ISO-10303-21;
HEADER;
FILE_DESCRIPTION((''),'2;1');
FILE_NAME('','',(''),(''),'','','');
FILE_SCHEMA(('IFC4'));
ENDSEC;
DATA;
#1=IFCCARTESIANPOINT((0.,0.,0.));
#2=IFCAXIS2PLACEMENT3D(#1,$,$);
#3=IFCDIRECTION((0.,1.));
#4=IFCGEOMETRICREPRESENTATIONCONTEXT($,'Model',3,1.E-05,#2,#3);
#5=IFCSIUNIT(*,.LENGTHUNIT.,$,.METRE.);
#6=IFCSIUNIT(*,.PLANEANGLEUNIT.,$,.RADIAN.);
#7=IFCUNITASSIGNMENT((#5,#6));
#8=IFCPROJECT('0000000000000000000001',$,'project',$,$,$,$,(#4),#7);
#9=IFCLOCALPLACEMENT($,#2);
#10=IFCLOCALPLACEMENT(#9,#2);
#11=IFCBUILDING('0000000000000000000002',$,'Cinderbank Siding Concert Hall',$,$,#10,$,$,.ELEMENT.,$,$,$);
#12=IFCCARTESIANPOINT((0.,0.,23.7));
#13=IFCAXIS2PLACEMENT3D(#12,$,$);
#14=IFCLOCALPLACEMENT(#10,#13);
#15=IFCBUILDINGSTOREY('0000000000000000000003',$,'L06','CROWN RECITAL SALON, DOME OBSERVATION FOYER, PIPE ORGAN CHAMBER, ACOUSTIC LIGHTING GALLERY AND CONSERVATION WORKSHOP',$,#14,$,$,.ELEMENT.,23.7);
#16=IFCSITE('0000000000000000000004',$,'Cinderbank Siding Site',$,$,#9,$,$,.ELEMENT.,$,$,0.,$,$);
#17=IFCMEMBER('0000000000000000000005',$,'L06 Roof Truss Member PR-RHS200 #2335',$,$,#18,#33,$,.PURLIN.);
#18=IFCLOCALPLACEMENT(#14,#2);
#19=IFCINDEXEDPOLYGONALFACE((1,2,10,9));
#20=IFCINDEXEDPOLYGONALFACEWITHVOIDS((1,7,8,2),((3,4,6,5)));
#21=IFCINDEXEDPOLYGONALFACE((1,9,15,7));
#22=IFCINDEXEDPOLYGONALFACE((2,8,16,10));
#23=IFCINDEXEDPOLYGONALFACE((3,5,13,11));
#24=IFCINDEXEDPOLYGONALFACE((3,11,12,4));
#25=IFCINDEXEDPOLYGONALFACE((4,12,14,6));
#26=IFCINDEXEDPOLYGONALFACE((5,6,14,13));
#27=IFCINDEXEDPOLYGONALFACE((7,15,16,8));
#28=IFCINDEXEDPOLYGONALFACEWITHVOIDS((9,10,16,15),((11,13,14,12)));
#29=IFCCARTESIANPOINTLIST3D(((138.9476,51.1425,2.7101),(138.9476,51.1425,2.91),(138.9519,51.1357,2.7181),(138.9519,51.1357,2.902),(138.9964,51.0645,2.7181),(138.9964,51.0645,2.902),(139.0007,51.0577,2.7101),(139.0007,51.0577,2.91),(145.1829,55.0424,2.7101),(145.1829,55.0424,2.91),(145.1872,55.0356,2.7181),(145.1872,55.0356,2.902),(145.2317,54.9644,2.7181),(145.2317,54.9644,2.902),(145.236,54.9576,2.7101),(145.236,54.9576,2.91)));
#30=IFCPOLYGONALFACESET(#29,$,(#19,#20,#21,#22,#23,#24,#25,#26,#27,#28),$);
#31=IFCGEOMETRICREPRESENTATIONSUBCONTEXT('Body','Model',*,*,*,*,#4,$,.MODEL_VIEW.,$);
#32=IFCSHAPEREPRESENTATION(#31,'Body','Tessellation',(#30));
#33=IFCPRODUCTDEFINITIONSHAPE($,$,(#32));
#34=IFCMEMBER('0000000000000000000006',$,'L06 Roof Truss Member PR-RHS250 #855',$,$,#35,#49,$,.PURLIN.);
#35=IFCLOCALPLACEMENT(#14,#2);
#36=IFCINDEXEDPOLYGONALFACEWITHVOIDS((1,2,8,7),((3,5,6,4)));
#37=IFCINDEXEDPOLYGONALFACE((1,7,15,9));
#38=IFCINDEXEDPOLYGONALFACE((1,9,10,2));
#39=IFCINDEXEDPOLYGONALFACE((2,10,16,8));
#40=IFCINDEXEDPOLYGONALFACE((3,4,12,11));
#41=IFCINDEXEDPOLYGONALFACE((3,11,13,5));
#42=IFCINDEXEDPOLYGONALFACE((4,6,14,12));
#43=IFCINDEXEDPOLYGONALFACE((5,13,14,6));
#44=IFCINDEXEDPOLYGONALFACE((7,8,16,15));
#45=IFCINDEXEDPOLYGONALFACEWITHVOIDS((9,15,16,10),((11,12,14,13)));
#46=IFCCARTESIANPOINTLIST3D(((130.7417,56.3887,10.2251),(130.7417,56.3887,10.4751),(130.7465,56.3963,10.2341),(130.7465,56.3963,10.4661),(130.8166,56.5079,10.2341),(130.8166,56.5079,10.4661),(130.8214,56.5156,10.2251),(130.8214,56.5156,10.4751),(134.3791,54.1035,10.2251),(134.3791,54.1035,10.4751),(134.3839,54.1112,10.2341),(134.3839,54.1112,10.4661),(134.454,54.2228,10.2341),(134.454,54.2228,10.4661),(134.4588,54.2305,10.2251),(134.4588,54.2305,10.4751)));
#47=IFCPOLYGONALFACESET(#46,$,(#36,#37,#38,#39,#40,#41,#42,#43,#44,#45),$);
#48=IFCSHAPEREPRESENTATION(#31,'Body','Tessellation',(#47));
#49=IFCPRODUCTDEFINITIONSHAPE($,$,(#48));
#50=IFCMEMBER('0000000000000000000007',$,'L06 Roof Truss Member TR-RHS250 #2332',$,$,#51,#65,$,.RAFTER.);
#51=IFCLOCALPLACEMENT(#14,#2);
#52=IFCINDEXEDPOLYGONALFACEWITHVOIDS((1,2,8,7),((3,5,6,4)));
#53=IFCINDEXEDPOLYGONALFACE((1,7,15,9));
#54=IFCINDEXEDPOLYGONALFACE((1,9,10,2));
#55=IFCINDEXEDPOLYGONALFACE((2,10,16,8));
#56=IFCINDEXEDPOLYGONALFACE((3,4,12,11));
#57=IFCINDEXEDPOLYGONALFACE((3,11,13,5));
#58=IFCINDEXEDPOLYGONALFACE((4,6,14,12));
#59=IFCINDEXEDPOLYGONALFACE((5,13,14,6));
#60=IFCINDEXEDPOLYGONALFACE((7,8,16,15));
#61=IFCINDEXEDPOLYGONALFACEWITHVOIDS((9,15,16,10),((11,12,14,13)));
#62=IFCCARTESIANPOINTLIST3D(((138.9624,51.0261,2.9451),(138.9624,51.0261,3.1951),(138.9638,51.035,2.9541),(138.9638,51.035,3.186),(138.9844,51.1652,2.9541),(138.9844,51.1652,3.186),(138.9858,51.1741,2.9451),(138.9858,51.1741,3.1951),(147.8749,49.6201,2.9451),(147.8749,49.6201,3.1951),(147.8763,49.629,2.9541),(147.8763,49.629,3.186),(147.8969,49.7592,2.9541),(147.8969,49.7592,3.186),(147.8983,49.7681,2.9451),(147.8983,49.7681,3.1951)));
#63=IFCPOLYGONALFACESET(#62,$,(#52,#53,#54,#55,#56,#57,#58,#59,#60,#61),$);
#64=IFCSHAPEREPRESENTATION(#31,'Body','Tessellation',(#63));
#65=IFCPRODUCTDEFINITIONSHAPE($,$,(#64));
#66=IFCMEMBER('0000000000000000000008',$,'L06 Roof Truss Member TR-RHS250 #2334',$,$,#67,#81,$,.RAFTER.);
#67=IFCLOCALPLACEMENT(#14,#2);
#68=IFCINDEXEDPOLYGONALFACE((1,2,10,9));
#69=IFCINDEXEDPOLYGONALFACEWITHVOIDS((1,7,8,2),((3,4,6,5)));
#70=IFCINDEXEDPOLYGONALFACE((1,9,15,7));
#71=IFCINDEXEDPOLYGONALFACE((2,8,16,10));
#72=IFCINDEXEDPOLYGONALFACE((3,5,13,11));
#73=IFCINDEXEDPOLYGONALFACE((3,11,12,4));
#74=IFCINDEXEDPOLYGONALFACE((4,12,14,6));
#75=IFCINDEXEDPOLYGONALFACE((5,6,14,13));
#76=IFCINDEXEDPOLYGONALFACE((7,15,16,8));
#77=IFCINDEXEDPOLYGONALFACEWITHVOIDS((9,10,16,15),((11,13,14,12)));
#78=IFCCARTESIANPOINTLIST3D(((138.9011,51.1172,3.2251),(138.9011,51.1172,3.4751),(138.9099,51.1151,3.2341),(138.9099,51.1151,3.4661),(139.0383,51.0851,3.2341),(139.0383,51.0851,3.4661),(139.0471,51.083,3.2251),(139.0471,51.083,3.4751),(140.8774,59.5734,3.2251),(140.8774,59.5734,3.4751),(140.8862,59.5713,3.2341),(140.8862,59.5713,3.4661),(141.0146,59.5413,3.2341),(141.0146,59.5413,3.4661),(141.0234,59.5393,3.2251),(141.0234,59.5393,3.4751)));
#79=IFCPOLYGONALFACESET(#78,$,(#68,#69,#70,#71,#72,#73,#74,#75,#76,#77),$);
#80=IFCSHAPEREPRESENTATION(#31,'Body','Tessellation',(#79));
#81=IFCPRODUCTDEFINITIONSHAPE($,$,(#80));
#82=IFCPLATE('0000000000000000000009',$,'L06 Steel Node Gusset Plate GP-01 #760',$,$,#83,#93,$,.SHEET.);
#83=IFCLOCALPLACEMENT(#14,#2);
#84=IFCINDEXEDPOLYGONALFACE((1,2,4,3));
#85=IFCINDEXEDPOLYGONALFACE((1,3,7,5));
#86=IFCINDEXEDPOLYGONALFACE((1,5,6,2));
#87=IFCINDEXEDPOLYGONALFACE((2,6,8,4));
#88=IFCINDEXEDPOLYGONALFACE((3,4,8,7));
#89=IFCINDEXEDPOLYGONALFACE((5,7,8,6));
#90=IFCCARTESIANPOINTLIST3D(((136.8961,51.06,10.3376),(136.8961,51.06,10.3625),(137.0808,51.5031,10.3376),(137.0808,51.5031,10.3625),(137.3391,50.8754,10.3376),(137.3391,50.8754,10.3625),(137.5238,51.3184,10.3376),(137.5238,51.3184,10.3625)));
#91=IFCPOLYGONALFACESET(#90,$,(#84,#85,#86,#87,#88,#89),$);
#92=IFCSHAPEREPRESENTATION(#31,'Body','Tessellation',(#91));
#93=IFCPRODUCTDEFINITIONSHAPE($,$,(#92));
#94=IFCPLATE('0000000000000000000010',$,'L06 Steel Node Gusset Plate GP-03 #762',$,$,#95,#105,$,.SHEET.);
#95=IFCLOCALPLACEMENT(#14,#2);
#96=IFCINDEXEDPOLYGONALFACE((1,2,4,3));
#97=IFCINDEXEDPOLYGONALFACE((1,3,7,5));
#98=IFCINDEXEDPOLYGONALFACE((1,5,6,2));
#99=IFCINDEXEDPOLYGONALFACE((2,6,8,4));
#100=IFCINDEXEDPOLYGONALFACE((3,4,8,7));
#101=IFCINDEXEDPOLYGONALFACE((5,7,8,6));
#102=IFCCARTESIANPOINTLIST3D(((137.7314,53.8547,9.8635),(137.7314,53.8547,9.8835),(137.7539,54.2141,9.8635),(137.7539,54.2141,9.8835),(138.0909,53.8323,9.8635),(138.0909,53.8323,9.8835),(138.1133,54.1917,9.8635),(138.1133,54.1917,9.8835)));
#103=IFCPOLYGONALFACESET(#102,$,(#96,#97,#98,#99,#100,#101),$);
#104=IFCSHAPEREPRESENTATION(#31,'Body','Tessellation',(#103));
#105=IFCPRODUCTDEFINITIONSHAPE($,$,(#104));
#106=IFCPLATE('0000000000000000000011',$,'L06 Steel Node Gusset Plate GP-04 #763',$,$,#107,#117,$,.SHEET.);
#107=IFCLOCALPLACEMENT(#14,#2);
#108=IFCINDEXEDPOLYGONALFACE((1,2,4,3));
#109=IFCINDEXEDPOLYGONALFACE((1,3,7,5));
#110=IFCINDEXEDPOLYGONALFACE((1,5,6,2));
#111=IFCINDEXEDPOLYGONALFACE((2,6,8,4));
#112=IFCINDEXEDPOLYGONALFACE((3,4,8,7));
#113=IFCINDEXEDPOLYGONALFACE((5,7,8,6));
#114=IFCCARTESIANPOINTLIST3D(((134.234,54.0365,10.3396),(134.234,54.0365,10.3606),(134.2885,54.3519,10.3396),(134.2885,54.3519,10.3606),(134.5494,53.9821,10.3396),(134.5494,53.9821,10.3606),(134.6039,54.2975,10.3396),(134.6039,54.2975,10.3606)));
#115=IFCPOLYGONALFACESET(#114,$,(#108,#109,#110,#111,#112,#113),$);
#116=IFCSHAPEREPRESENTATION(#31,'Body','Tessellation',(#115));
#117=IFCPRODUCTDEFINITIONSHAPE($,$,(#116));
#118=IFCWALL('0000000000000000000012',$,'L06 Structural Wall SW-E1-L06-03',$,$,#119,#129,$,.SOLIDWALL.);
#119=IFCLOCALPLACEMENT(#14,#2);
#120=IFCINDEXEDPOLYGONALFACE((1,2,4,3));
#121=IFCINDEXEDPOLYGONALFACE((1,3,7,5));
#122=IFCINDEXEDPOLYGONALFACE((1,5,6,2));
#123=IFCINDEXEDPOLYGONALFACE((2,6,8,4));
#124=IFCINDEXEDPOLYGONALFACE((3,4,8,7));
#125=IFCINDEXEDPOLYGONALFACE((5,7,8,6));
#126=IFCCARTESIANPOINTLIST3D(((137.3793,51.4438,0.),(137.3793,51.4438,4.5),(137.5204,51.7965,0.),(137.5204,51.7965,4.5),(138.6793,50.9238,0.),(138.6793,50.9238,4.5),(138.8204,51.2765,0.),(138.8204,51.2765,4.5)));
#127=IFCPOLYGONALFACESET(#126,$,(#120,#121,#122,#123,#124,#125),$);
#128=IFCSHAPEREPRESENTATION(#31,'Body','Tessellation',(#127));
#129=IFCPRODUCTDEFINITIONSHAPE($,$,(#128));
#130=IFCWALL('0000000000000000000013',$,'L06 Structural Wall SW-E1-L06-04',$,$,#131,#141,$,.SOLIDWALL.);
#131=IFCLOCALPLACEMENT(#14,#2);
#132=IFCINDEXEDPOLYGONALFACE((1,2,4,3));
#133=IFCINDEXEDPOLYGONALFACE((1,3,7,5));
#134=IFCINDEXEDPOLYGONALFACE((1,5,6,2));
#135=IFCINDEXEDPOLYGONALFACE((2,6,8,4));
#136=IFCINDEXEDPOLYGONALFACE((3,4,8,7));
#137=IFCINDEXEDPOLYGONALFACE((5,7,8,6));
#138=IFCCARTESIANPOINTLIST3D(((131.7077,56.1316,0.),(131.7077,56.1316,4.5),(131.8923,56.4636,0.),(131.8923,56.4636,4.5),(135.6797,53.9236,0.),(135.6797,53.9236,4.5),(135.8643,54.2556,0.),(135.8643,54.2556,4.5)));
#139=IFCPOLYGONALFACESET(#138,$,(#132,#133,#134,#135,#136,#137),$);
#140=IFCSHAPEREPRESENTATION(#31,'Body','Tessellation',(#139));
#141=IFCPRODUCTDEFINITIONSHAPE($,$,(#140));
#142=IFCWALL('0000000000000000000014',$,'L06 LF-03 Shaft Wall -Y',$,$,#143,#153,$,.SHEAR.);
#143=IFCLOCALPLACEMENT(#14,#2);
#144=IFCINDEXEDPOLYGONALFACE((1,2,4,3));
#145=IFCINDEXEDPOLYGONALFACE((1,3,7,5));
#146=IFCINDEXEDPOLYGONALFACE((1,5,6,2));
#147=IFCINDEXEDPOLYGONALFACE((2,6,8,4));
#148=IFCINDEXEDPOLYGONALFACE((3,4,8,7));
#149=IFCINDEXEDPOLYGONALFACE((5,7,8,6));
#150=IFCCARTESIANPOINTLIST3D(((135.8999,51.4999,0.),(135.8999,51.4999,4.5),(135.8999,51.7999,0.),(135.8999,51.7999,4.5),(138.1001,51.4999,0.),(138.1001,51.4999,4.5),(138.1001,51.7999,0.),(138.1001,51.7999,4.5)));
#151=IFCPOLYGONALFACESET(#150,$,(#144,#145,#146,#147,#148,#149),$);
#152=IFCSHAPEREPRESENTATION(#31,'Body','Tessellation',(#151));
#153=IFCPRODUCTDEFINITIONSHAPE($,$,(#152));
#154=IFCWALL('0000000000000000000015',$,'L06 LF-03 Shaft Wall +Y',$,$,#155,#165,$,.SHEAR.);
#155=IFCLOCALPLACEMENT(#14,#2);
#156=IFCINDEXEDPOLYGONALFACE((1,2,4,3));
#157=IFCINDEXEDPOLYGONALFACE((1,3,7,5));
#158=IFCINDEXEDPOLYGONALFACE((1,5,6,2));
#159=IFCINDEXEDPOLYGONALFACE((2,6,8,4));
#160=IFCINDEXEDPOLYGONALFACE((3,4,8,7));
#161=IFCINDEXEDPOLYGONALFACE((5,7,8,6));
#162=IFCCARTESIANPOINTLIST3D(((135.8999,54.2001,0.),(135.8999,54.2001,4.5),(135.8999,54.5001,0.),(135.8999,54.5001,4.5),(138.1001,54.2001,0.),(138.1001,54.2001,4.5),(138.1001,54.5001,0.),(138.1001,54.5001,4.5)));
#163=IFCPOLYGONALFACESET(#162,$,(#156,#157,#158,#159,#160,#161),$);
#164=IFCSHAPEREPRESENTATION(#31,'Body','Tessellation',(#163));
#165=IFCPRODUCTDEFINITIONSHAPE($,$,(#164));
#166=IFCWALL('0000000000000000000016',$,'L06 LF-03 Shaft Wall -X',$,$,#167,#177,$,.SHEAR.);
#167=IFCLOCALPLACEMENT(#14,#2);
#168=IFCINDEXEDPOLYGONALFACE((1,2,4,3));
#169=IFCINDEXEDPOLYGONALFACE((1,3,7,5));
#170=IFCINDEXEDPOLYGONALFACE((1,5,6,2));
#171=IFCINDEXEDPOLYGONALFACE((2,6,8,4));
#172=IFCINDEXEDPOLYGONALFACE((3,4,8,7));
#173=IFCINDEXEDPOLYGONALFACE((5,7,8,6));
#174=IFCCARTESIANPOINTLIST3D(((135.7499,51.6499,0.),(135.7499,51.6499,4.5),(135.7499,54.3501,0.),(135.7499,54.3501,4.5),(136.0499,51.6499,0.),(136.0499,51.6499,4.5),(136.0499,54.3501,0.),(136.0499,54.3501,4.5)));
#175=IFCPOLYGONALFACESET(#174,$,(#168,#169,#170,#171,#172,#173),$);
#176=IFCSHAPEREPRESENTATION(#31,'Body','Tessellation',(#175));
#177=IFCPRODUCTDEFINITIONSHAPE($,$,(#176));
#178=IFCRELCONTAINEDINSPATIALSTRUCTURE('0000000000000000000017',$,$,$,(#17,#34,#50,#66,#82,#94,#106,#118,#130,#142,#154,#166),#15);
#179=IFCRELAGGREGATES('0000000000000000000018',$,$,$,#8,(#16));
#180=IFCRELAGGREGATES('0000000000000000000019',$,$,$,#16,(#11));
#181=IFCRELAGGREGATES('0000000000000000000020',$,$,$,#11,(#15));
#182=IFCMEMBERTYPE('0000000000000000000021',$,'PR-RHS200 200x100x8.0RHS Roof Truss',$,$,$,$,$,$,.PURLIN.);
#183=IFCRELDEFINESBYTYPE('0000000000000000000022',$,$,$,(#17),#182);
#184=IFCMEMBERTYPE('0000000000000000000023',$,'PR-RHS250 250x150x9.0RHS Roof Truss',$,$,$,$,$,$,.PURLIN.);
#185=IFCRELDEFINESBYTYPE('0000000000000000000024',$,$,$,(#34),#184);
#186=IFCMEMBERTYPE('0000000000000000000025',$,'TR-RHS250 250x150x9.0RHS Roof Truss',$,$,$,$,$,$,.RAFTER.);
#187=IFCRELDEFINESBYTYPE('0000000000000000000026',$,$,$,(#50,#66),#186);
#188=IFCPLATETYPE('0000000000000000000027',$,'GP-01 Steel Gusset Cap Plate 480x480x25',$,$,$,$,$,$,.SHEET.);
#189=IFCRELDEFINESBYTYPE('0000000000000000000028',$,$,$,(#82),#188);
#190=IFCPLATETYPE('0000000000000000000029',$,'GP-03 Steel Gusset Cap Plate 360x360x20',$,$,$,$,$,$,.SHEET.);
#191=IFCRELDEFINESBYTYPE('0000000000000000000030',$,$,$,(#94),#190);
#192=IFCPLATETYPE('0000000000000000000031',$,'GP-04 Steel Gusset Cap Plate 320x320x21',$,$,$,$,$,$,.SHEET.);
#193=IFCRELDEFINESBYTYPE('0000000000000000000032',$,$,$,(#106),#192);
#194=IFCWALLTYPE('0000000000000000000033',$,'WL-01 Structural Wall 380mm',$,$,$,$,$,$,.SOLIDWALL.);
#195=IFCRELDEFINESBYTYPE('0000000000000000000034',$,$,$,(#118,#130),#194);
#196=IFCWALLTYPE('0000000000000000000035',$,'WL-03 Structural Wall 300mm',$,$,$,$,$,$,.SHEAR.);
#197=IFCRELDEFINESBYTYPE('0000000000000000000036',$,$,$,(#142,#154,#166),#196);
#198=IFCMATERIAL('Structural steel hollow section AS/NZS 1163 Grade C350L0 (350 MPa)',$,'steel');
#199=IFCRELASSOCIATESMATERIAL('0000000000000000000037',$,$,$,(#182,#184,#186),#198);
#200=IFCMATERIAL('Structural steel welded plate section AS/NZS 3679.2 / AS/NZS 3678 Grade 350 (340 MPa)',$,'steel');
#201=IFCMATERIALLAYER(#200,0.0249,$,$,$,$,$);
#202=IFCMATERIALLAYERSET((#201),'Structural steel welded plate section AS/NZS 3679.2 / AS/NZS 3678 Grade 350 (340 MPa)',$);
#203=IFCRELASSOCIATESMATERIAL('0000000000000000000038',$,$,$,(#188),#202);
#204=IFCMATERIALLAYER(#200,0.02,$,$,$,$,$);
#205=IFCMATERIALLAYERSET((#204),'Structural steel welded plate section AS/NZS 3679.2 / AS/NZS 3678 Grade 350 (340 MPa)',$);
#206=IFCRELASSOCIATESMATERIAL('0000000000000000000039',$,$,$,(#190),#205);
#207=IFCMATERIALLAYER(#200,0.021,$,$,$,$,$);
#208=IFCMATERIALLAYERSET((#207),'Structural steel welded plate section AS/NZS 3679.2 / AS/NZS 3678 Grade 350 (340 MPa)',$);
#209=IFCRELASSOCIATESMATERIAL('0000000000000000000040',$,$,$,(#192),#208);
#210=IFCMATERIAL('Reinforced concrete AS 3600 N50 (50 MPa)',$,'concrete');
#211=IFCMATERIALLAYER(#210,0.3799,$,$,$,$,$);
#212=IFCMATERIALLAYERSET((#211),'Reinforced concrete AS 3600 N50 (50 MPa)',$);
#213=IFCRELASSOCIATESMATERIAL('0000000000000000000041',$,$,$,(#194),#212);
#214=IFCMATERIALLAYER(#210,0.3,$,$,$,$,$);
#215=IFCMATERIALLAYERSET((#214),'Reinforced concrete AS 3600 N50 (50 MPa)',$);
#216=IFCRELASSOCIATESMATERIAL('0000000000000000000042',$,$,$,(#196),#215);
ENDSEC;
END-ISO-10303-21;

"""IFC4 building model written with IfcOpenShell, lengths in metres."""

from ifc_helpers import new_model, si_unit, direction, frame, frame_2d, origin, origin_2d, place, context, subcontext, project, spatial, rectangle, hollow_rectangle, extrude, material, layer, layer_set, material_profile, profile_set, type_object, element, save


model = new_model("IFC4")

# Units and contexts
model_context = context("Model", 3, precision=1e-05, world=origin(), true_north=direction((0.0, 1.0)))
body_context = subcontext(model_context, "Body", "Model", "MODEL_VIEW")
ifc_project = project(units=[si_unit("LENGTHUNIT", "METRE"), si_unit("PLANEANGLEUNIT", "RADIAN")], contexts=[model_context])

# Site, building, storey
site_placement = place(None, origin())
site = spatial("IfcSite", under=ifc_project, at=site_placement, Name="Cinderbank Siding Site", CompositionType="ELEMENT", RefElevation=0.0)
building_placement = place(site_placement, origin())
building = spatial("IfcBuilding", under=site, at=building_placement, Name="Cinderbank Siding Concert Hall", CompositionType="ELEMENT")
storey_placement = place(building_placement, frame((0.0, 0.0, 23.7)))
storey = spatial("IfcBuildingStorey", under=building, at=storey_placement, Name="L06", Description="CROWN RECITAL SALON, DOME OBSERVATION FOYER, PIPE ORGAN CHAMBER, ACOUSTIC LIGHTING GALLERY AND CONSERVATION WORKSHOP", CompositionType="ELEMENT", Elevation=23.7)

# Shared definitions
ifc_material_1 = material(Name="Reinforced concrete AS 3600 N50 (50 MPa)", Category="concrete")

# Members
ifc_material_2 = material(Name="Structural steel hollow section AS/NZS 1163 Grade C350L0 (350 MPa)", Category="steel")
ifc_material_profile_1 = material_profile(ifc_material_2, hollow_rectangle(XDim=0.1001, YDim=0.2, WallThickness=0.0081, at=origin_2d()), Name="200x100x8.0RHS", Category="LoadBearing")
ifc_profile_set_1 = profile_set([ifc_material_profile_1], Name="Structural steel hollow section AS/NZS 1163 Grade C350L0 (350 MPa)")
member_type_1 = type_object("IfcMemberType", Name="PR-RHS200 200x100x8.0RHS Roof Truss", PredefinedType="PURLIN", material=ifc_profile_set_1)
member_1_placement = place(storey_placement, frame((138.9741, 51.1001, 2.8101), z_axis=(0.847827, 0.530273, 0.0), x_axis=(-0.530273, 0.847827, 0.0)))
element("IfcMember", 1, at=member_1_placement, inside=storey, type_object=member_type_1, Name="L06 Roof Truss Member PR-RHS200 #2335", PredefinedType="PURLIN", context=body_context, shape_type="SweptSolid", body=[
    extrude(hollow_rectangle(XDim=0.1001, YDim=0.2, WallThickness=0.0081, at=origin_2d()), origin(), (0.0, 0.0, 1.0), 7.3545),
])
ifc_material_profile_2 = material_profile(ifc_material_2, hollow_rectangle(XDim=0.1499, YDim=0.25, WallThickness=0.009, at=origin_2d()), Name="250x150x9.0RHS", Category="LoadBearing")
ifc_profile_set_2 = profile_set([ifc_material_profile_2], Name="Structural steel hollow section AS/NZS 1163 Grade C350L0 (350 MPa)")
member_type_2 = type_object("IfcMemberType", Name="PR-RHS250 250x150x9.0RHS Roof Truss", PredefinedType="PURLIN", material=ifc_profile_set_2)
member_2_placement = place(storey_placement, frame((134.4189, 54.167, 10.3501), z_axis=(-0.846767, 0.531964, 0.0), x_axis=(-0.531964, -0.846767, 0.0)))
element("IfcMember", 2, at=member_2_placement, inside=storey, type_object=member_type_2, Name="L06 Roof Truss Member PR-RHS250 #855", PredefinedType="PURLIN", context=body_context, shape_type="SweptSolid", body=[
    extrude(hollow_rectangle(XDim=0.1499, YDim=0.25, WallThickness=0.009, at=origin_2d()), origin(), (0.0, 0.0, 1.0), 4.2957),
])
ifc_material_profile_3 = material_profile(ifc_material_2, hollow_rectangle(XDim=0.1499, YDim=0.25, WallThickness=0.009, at=origin_2d()), Name="250x150x9.0RHS", Category="LoadBearing")
ifc_profile_set_3 = profile_set([ifc_material_profile_3], Name="Structural steel hollow section AS/NZS 1163 Grade C350L0 (350 MPa)")
member_type_3 = type_object("IfcMemberType", Name="TR-RHS250 250x150x9.0RHS Roof Truss", PredefinedType="RAFTER", material=ifc_profile_set_3)
member_3_placement = place(storey_placement, frame((138.9741, 51.1001, 3.0701), z_axis=(0.987784, -0.155828, 0.0), x_axis=(0.155828, 0.987784, 0.0)))
element("IfcMember", 3, at=member_3_placement, inside=storey, type_object=member_type_3, Name="L06 Roof Truss Member TR-RHS250 #2332", PredefinedType="RAFTER", context=body_context, shape_type="SweptSolid", body=[
    extrude(hollow_rectangle(XDim=0.1499, YDim=0.25, WallThickness=0.009, at=origin_2d()), origin(), (0.0, 0.0, 1.0), 9.0227),
])
member_4_placement = place(storey_placement, frame((138.9741, 51.1001, 3.3501), z_axis=(0.227577, 0.97376, 0.0), x_axis=(-0.97376, 0.227577, 0.0)))
element("IfcMember", 4, at=member_4_placement, inside=storey, type_object=member_type_3, Name="L06 Roof Truss Member TR-RHS250 #2334", PredefinedType="RAFTER", context=body_context, shape_type="SweptSolid", body=[
    extrude(hollow_rectangle(XDim=0.1499, YDim=0.25, WallThickness=0.009, at=origin_2d()), origin(), (0.0, 0.0, 1.0), 8.6841),
])

# Plates
ifc_material_3 = material(Name="Structural steel welded plate section AS/NZS 3679.2 / AS/NZS 3678 Grade 350 (340 MPa)", Category="steel")
ifc_layer_1 = layer(ifc_material_3, 0.0249)
ifc_layer_set_1 = layer_set([ifc_layer_1], Name="Structural steel welded plate section AS/NZS 3679.2 / AS/NZS 3678 Grade 350 (340 MPa)")
plate_type_1 = type_object("IfcPlateType", Name="GP-01 Steel Gusset Cap Plate 480x480x25", PredefinedType="SHEET", material=ifc_layer_set_1)
plate_1_placement = place(storey_placement, frame((137.21, 51.1892, 10.3376), z_axis=(0.0, 0.0, 1.0), x_axis=(-0.923009, 0.384779, 0.0)))
element("IfcPlate", 5, at=plate_1_placement, inside=storey, type_object=plate_type_1, Name="L06 Steel Node Gusset Plate GP-01 #760", PredefinedType="SHEET", context=body_context, shape_type="SweptSolid", body=[
    extrude(rectangle(XDim=0.48, YDim=0.48, at=origin_2d()), origin(), (0.0, 0.0, 1.0), 0.0249),
])
ifc_layer_2 = layer(ifc_material_3, 0.02)
ifc_layer_set_2 = layer_set([ifc_layer_2], Name="Structural steel welded plate section AS/NZS 3679.2 / AS/NZS 3678 Grade 350 (340 MPa)")
plate_type_2 = type_object("IfcPlateType", Name="GP-03 Steel Gusset Cap Plate 360x360x20", PredefinedType="SHEET", material=ifc_layer_set_2)
plate_2_placement = place(storey_placement, frame((137.9224, 54.0232, 9.8635), z_axis=(0.0, 0.0, 1.0), x_axis=(-0.062268, -0.998059, 0.0)))
element("IfcPlate", 6, at=plate_2_placement, inside=storey, type_object=plate_type_2, Name="L06 Steel Node Gusset Plate GP-03 #762", PredefinedType="SHEET", context=body_context, shape_type="SweptSolid", body=[
    extrude(rectangle(XDim=0.3601, YDim=0.3601, at=origin_2d()), origin(), (0.0, 0.0, 1.0), 0.02),
])
ifc_layer_3 = layer(ifc_material_3, 0.021)
ifc_layer_set_3 = layer_set([ifc_layer_3], Name="Structural steel welded plate section AS/NZS 3679.2 / AS/NZS 3678 Grade 350 (340 MPa)")
plate_type_3 = type_object("IfcPlateType", Name="GP-04 Steel Gusset Cap Plate 320x320x21", PredefinedType="SHEET", material=ifc_layer_set_3)
plate_3_placement = place(storey_placement, frame((134.4189, 54.167, 10.3396), z_axis=(0.0, 0.0, 1.0), x_axis=(-0.985438, 0.170038, 0.0)))
element("IfcPlate", 7, at=plate_3_placement, inside=storey, type_object=plate_type_3, Name="L06 Steel Node Gusset Plate GP-04 #763", PredefinedType="SHEET", context=body_context, shape_type="SweptSolid", body=[
    extrude(rectangle(XDim=0.3201, YDim=0.3201, at=origin_2d()), origin(), (0.0, 0.0, 1.0), 0.021),
])

# Walls
ifc_layer_4 = layer(ifc_material_1, 0.3799)
ifc_layer_set_4 = layer_set([ifc_layer_4], Name="Reinforced concrete AS 3600 N50 (50 MPa)")
wall_type_1 = type_object("IfcWallType", Name="WL-01 Structural Wall 380mm", PredefinedType="SOLIDWALL", material=ifc_layer_set_4)
wall_1_placement = place(storey_placement, frame((138.75, 51.1001, 0.0), z_axis=(0.0, 0.0, 1.0), x_axis=(-0.928477, 0.371391, 0.0)))
element("IfcWall", 8, at=wall_1_placement, inside=storey, type_object=wall_type_1, Name="L06 Structural Wall SW-E1-L06-03", PredefinedType="SOLIDWALL", context=body_context, shape_type="SweptSolid", body=[
    extrude(rectangle(XDim=1.4001, YDim=0.3799, at=frame_2d((0.7002, 0.0))), origin(), (0.0, 0.0, 1.0), 4.5),
])
wall_2_placement = place(storey_placement, frame((135.772, 54.0896, 0.0), z_axis=(0.0, 0.0, 1.0), x_axis=(-0.874028, 0.485876, 0.0)))
element("IfcWall", 9, at=wall_2_placement, inside=storey, type_object=wall_type_1, Name="L06 Structural Wall SW-E1-L06-04", PredefinedType="SOLIDWALL", context=body_context, shape_type="SweptSolid", body=[
    extrude(rectangle(XDim=4.5444, YDim=0.3799, at=frame_2d((2.2722, 0.0))), origin(), (0.0, 0.0, 1.0), 4.5),
])
ifc_layer_5 = layer(ifc_material_1, 0.3)
ifc_layer_set_5 = layer_set([ifc_layer_5], Name="Reinforced concrete AS 3600 N50 (50 MPa)")
wall_type_2 = type_object("IfcWallType", Name="WL-03 Structural Wall 300mm", PredefinedType="SHEAR", material=ifc_layer_set_5)
wall_3_placement = place(storey_placement, frame((138.1001, 51.6499, 0.0), z_axis=(0.0, 0.0, 1.0), x_axis=(-1.0, 0.0, 0.0)))
element("IfcWall", 10, at=wall_3_placement, inside=storey, type_object=wall_type_2, Name="L06 LF-03 Shaft Wall -Y", PredefinedType="SHEAR", context=body_context, shape_type="SweptSolid", body=[
    extrude(rectangle(XDim=2.2002, YDim=0.3, at=frame_2d((1.1001, 0.0))), origin(), (0.0, 0.0, 1.0), 4.5),
])

# Walls
wall_4_placement = place(storey_placement, frame((135.8999, 54.3501, 0.0), z_axis=(0.0, 0.0, 1.0), x_axis=(1.0, 0.0, 0.0)))
element("IfcWall", 11, at=wall_4_placement, inside=storey, type_object=wall_type_2, Name="L06 LF-03 Shaft Wall +Y", PredefinedType="SHEAR", context=body_context, shape_type="SweptSolid", body=[
    extrude(rectangle(XDim=2.2002, YDim=0.3, at=frame_2d((1.1001, 0.0))), origin(), (0.0, 0.0, 1.0), 4.5),
])
wall_5_placement = place(storey_placement, frame((135.8999, 51.6499, 0.0), z_axis=(0.0, 0.0, 1.0), x_axis=(0.0, 1.0, 0.0)))
element("IfcWall", 12, at=wall_5_placement, inside=storey, type_object=wall_type_2, Name="L06 LF-03 Shaft Wall -X", PredefinedType="SHEAR", context=body_context, shape_type="SweptSolid", body=[
    extrude(rectangle(XDim=2.7002, YDim=0.3, at=frame_2d((1.3501, 0.0))), origin(), (0.0, 0.0, 1.0), 4.5),
])

save(model, "model.ifc")
